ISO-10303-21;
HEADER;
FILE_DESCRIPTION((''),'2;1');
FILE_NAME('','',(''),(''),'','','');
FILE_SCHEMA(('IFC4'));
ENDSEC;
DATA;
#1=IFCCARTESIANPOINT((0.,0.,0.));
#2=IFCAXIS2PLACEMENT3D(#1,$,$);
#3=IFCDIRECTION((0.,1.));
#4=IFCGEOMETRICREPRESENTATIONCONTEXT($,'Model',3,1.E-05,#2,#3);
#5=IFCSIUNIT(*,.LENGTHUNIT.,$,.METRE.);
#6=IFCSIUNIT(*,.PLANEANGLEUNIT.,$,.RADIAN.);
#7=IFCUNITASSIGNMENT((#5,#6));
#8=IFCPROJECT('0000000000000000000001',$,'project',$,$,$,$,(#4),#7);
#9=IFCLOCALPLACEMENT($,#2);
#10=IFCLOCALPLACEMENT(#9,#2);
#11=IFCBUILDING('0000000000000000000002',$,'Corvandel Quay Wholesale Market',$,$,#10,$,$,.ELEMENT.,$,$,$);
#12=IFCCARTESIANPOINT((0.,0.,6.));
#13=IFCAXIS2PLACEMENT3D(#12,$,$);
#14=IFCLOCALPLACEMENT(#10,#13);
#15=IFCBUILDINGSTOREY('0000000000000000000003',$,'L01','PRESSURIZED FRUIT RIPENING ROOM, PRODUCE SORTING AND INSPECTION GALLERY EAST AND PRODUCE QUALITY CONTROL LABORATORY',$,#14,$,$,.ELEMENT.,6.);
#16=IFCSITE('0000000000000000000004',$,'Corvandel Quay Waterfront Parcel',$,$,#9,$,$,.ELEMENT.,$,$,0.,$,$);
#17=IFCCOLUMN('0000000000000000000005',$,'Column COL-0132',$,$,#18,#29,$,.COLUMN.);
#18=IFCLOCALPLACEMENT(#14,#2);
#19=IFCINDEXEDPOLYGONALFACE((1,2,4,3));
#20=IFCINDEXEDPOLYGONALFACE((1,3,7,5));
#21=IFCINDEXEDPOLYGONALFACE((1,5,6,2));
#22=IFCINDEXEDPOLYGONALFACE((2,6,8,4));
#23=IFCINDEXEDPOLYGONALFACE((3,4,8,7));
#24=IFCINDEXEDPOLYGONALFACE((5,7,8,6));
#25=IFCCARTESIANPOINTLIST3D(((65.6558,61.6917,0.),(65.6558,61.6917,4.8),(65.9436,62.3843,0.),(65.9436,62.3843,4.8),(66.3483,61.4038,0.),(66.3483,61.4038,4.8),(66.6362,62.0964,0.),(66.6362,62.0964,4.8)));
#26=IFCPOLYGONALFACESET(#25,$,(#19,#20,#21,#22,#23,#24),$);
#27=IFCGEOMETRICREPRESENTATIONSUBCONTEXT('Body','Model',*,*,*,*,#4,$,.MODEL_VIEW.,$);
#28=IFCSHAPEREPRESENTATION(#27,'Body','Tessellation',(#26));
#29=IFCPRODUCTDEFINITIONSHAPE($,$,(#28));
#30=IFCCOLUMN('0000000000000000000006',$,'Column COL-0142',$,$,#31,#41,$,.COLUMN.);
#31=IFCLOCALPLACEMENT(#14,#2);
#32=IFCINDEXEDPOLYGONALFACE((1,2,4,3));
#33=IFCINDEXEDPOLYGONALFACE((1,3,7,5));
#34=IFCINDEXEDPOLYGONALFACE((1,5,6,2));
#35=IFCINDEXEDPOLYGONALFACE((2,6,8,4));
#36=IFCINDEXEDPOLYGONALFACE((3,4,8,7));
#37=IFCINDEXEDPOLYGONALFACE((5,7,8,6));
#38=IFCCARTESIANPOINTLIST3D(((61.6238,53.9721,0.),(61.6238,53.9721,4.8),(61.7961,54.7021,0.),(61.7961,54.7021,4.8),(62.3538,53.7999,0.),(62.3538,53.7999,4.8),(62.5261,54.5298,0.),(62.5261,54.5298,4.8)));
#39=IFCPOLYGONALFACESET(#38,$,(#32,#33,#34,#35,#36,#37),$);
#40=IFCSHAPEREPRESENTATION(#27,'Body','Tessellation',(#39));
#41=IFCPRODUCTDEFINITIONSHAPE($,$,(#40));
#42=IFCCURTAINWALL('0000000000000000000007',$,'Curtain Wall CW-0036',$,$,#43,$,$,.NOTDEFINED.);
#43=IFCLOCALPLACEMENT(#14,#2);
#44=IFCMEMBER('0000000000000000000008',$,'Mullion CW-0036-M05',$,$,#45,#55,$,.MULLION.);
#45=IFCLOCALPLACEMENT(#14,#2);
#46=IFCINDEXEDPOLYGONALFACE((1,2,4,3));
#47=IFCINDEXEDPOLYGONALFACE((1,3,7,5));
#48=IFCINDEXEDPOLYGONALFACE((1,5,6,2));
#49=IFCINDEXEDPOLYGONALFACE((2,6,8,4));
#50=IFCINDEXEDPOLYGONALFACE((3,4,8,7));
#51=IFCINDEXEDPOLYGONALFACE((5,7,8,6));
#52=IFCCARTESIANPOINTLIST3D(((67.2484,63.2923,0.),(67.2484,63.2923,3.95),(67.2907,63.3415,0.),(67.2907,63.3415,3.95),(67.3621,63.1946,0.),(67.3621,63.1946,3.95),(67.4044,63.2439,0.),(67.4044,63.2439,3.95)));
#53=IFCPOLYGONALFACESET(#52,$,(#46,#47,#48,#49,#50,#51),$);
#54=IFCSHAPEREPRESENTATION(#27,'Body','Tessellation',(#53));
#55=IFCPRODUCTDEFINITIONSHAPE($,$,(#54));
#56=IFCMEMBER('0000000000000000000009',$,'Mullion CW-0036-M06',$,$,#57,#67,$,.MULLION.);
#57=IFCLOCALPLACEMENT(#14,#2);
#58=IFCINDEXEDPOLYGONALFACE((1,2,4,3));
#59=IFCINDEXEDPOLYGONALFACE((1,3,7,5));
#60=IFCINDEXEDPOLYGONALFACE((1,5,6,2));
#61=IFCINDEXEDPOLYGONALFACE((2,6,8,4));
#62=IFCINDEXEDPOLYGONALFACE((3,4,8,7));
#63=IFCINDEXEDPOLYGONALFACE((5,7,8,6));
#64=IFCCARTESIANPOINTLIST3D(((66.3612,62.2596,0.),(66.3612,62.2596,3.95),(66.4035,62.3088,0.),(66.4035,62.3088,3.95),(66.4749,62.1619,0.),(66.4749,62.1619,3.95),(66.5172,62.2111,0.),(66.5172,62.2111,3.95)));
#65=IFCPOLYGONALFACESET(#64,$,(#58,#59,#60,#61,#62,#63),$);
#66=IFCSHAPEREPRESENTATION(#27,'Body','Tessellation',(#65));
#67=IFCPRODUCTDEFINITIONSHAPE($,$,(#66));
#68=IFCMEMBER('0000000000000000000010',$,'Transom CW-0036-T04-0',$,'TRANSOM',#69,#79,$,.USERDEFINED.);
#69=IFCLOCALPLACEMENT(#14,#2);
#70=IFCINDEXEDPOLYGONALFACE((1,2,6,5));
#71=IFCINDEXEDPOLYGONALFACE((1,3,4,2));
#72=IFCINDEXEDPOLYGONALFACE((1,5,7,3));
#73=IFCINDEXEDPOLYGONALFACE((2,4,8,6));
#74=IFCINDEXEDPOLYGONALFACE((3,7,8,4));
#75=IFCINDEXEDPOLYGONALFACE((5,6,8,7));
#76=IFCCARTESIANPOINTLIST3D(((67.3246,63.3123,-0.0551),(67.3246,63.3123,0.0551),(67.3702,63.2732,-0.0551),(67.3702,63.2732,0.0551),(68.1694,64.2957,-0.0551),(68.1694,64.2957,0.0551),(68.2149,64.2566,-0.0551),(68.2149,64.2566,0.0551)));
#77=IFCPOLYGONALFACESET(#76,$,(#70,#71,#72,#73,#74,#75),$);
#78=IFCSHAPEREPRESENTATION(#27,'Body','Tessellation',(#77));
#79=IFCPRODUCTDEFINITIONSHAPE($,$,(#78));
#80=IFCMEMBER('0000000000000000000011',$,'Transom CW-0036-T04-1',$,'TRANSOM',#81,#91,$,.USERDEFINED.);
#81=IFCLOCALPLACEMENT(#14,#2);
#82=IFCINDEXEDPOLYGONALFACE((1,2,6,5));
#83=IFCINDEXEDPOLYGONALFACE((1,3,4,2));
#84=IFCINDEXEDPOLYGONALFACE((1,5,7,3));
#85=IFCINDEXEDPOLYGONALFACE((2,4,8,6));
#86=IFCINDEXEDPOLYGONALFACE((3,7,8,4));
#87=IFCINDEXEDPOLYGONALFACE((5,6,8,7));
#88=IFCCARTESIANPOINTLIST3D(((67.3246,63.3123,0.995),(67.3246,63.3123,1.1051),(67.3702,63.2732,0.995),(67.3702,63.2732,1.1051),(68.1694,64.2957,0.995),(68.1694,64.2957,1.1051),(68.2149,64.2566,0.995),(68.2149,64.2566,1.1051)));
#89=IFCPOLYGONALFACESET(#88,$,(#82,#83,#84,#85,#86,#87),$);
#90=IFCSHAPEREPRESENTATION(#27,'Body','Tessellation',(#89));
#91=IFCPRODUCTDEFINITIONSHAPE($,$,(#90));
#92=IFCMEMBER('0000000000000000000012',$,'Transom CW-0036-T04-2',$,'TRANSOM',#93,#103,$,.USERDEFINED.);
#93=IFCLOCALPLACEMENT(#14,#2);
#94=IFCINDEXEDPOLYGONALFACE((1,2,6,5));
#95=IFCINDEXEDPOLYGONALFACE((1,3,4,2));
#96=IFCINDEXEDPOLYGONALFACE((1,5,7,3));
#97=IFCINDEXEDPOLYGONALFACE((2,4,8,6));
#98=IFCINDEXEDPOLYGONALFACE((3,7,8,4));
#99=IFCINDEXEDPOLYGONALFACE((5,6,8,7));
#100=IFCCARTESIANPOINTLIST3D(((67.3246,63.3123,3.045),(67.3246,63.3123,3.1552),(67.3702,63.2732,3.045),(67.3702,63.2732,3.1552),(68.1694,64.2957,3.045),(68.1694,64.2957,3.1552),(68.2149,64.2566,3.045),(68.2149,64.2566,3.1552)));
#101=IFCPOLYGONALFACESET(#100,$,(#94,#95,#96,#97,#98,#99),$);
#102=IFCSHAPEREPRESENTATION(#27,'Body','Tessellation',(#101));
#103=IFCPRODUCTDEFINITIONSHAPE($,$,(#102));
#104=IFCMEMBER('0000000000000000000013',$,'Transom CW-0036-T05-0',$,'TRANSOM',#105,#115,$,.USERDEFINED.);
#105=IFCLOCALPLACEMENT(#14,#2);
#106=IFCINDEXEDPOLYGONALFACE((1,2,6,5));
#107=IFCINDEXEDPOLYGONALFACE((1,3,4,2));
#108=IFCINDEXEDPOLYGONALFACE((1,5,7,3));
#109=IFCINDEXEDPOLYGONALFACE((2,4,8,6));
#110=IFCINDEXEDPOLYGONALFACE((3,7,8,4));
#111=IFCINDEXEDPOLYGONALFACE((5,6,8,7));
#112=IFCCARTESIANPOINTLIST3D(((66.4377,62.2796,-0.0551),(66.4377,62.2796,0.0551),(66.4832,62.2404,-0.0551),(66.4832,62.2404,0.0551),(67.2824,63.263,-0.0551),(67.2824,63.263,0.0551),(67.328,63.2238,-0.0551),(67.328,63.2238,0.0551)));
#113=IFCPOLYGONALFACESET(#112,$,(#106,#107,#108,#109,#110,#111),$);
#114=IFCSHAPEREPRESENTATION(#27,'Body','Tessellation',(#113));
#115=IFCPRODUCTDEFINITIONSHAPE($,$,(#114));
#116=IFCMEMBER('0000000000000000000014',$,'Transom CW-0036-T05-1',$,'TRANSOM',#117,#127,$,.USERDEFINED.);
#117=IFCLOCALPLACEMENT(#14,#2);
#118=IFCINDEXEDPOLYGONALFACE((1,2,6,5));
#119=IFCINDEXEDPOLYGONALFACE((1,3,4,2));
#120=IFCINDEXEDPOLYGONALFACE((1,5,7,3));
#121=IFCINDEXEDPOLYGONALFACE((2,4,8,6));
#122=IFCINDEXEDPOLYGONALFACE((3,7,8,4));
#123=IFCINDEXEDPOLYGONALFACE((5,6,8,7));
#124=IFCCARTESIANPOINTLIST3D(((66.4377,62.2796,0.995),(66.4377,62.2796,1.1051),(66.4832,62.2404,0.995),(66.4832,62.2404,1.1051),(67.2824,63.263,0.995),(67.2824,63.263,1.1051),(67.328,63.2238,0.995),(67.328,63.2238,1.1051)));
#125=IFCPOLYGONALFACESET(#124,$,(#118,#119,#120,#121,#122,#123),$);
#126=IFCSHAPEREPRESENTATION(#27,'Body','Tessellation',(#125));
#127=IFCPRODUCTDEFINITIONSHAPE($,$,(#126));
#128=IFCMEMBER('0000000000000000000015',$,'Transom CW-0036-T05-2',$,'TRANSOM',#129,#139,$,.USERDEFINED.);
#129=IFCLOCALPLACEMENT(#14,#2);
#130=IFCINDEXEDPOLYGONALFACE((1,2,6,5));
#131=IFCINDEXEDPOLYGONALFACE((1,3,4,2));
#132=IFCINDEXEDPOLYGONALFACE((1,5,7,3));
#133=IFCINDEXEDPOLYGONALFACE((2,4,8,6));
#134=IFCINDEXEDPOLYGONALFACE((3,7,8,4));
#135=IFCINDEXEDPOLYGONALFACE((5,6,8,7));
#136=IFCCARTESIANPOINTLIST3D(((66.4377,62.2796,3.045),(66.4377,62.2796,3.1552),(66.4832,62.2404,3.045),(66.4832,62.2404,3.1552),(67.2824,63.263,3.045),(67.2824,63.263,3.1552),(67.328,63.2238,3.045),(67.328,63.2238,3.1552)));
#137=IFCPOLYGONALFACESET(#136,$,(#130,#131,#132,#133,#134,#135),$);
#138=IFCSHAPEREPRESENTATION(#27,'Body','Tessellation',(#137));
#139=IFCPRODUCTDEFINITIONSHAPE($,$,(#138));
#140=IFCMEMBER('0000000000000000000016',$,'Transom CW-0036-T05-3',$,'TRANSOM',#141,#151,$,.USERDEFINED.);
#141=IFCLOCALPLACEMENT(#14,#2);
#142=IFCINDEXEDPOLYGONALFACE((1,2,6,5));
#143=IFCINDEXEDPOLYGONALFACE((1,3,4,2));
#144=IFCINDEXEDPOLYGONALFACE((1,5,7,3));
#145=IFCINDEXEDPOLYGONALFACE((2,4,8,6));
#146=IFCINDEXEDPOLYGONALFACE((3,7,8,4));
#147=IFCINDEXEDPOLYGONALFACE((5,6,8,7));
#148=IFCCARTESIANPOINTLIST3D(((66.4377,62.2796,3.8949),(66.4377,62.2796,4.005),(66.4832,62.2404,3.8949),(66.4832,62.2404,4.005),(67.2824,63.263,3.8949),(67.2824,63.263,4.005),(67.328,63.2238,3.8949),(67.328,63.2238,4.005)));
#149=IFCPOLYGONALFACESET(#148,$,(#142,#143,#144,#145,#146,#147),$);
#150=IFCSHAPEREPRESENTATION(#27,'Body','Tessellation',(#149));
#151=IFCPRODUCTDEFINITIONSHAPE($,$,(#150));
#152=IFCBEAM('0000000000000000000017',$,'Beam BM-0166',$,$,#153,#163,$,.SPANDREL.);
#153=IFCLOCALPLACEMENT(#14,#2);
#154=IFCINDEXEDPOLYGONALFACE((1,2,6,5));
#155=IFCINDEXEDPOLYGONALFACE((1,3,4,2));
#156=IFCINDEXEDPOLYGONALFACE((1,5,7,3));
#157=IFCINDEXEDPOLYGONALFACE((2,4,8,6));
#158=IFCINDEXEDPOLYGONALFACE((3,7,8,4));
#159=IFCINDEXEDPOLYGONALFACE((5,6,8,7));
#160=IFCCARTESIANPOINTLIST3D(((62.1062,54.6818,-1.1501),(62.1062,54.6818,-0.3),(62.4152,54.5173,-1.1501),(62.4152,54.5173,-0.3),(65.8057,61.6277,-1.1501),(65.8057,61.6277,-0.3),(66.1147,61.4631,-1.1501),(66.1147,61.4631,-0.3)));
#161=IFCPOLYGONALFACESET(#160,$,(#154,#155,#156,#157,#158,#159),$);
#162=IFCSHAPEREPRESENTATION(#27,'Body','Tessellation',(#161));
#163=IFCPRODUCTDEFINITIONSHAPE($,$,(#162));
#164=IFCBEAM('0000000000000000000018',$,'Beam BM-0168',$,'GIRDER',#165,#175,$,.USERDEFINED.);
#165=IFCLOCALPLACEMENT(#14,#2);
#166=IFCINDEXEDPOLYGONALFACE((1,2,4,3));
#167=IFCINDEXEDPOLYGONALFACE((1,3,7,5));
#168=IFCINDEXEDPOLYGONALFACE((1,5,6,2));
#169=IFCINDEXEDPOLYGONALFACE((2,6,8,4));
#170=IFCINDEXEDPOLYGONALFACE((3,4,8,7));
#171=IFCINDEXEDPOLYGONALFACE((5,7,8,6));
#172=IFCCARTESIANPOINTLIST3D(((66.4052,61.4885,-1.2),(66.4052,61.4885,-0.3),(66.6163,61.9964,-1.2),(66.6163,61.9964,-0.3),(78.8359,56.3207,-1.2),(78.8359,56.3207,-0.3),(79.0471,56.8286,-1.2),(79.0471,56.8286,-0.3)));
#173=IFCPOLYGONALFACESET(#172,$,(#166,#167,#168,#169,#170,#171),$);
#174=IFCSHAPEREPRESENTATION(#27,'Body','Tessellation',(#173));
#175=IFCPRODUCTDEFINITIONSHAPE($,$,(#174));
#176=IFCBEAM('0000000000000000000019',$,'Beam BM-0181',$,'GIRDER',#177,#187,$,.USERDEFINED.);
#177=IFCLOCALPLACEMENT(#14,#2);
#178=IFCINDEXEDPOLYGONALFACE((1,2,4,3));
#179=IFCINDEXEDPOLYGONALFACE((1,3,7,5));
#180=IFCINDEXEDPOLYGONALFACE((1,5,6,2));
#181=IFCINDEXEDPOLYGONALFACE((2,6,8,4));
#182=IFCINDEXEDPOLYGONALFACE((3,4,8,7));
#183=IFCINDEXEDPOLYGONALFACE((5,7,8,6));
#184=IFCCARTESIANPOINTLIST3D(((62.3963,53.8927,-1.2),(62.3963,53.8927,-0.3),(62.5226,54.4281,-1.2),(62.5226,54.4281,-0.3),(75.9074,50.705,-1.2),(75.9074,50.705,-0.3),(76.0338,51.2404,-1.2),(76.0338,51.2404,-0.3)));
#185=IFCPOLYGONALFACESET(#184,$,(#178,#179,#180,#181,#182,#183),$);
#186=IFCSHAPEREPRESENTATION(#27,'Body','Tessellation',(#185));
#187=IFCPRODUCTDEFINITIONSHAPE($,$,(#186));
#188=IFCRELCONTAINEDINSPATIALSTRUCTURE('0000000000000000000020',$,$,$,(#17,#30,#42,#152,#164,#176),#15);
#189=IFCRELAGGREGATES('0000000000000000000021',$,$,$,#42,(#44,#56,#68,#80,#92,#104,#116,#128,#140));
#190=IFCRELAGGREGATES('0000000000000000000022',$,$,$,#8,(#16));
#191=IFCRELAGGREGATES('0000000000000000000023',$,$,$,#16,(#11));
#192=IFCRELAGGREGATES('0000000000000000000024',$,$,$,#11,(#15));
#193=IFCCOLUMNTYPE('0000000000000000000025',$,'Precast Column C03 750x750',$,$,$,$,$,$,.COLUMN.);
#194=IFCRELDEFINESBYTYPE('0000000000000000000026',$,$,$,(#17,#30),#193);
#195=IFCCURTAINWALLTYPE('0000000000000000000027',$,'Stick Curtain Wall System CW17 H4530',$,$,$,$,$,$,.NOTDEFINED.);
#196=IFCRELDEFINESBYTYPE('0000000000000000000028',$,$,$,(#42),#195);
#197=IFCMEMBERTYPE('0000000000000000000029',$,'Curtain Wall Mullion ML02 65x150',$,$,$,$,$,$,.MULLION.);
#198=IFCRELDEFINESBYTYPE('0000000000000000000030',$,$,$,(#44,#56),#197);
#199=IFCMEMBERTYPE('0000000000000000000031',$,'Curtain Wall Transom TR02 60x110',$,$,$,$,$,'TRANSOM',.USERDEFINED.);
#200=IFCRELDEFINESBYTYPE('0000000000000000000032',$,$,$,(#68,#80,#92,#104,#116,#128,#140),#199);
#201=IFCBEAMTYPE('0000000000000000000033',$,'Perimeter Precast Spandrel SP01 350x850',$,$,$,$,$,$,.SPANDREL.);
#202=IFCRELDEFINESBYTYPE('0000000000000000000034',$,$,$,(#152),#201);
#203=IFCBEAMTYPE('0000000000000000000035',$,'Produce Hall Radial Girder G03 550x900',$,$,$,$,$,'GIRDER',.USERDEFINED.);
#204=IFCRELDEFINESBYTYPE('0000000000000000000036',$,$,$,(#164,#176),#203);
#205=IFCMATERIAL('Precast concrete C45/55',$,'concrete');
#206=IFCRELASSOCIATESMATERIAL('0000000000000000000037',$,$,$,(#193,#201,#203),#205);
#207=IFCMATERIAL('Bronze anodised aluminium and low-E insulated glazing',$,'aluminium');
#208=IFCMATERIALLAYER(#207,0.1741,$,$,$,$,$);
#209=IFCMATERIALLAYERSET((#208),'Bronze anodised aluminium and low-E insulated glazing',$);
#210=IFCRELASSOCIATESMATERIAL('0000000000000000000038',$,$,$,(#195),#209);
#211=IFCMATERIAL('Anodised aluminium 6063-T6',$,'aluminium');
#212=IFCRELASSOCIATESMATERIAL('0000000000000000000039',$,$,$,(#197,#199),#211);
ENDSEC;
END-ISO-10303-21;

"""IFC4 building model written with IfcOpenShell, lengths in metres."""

from ifc_helpers import new_model, si_unit, direction, frame, origin, origin_2d, place, context, subcontext, project, spatial, rectangle, extrude, material, layer, layer_set, material_profile, profile_set, type_object, element, aggregate, save


model = new_model("IFC4")

# Units and contexts
model_context = context("Model", 3, precision=1e-05, world=origin(), true_north=direction((0.0, 1.0)))
body_context = subcontext(model_context, "Body", "Model", "MODEL_VIEW")
ifc_project = project(units=[si_unit("LENGTHUNIT", "METRE"), si_unit("PLANEANGLEUNIT", "RADIAN")], contexts=[model_context])

# Site, building, storey
site_placement = place(None, origin())
site = spatial("IfcSite", under=ifc_project, at=site_placement, Name="Corvandel Quay Waterfront Parcel", CompositionType="ELEMENT", RefElevation=0.0)
building_placement = place(site_placement, origin())
building = spatial("IfcBuilding", under=site, at=building_placement, Name="Corvandel Quay Wholesale Market", CompositionType="ELEMENT")
storey_placement = place(building_placement, frame((0.0, 0.0, 6.0)))
storey = spatial("IfcBuildingStorey", under=building, at=storey_placement, Name="L01", Description="PRESSURIZED FRUIT RIPENING ROOM, PRODUCE SORTING AND INSPECTION GALLERY EAST AND PRODUCE QUALITY CONTROL LABORATORY", CompositionType="ELEMENT", Elevation=6.0)

# Columns
ifc_material_1 = material(Name="Precast concrete C45/55", Category="concrete")
ifc_material_profile_1 = material_profile(ifc_material_1, rectangle(XDim=0.75, YDim=0.75, at=origin_2d()), Name="PC-COL-750x750")
ifc_profile_set_1 = profile_set([ifc_material_profile_1], Name="Precast concrete C45/55")
column_type = type_object("IfcColumnType", Name="Precast Column C03 750x750", PredefinedType="COLUMN", material=ifc_profile_set_1)
for number, where, z_axis, x_axis, name in (
    (1, (66.146, 61.894, 0.0), (0.0, 0.0, 1.0), (0.383812, 0.923411, 0.0), "Column COL-0132"),
    (2, (62.075, 54.251, 0.0), (0.0, 0.0, 1.0), (0.22971, 0.973259, 0.0), "Column COL-0142"),
):
    element("IfcColumn", number, at=place(storey_placement, frame(where, z_axis=z_axis, x_axis=x_axis)), inside=storey, type_object=column_type, Name=name, PredefinedType="COLUMN", context=body_context, shape_type="SweptSolid", body=[
        extrude(rectangle(XDim=0.75, YDim=0.75, at=origin_2d()), origin(), (0.0, 0.0, 1.0), 4.8),
    ])

# Curtain wall, members
ifc_material_2 = material(Name="Bronze anodised aluminium and low-E insulated glazing", Category="aluminium")
ifc_layer_1 = layer(ifc_material_2, 0.1741)
ifc_layer_set_1 = layer_set([ifc_layer_1], Name="Bronze anodised aluminium and low-E insulated glazing")
curtain_wall_type = type_object("IfcCurtainWallType", Name="Stick Curtain Wall System CW17 H4530", PredefinedType="NOTDEFINED", material=ifc_layer_set_1)
curtain_wall_placement = place(storey_placement, origin())
curtain_wall = element("IfcCurtainWall", 3, at=curtain_wall_placement, inside=storey, type_object=curtain_wall_type, Name="Curtain Wall CW-0036", PredefinedType="NOTDEFINED")
ifc_material_3 = material(Name="Anodised aluminium 6063-T6", Category="aluminium")
ifc_material_profile_2 = material_profile(ifc_material_3, rectangle(XDim=0.0649, YDim=0.1499, at=origin_2d()), Name="ALU-MUL-65x150")
ifc_profile_set_2 = profile_set([ifc_material_profile_2], Name="Anodised aluminium 6063-T6")
member_type_1 = type_object("IfcMemberType", Name="Curtain Wall Mullion ML02 65x150", PredefinedType="MULLION", material=ifc_profile_set_2)
member_1_placement = place(storey_placement, frame((67.3264, 63.2681, 0.0), z_axis=(0.0, 0.0, 1.0), x_axis=(0.651569, 0.758589, 0.0)))
member_1 = element("IfcMember", 4, at=member_1_placement, type_object=member_type_1, Name="Mullion CW-0036-M05", PredefinedType="MULLION", context=body_context, shape_type="SweptSolid", body=[
    extrude(rectangle(XDim=0.0649, YDim=0.1499, at=origin_2d()), origin(), (0.0, 0.0, 1.0), 3.95),
])
member_2_placement = place(storey_placement, frame((66.4392, 62.2354, 0.0), z_axis=(0.0, 0.0, 1.0), x_axis=(0.651569, 0.758589, 0.0)))
member_2 = element("IfcMember", 5, at=member_2_placement, type_object=member_type_1, Name="Mullion CW-0036-M06", PredefinedType="MULLION", context=body_context, shape_type="SweptSolid", body=[
    extrude(rectangle(XDim=0.0649, YDim=0.1499, at=origin_2d()), origin(), (0.0, 0.0, 1.0), 3.95),
])
ifc_material_profile_3 = material_profile(ifc_material_3, rectangle(XDim=0.0601, YDim=0.1101, at=origin_2d()), Name="ALU-TRN-60x110")
ifc_profile_set_3 = profile_set([ifc_material_profile_3], Name="Anodised aluminium 6063-T6")
member_type_2 = type_object("IfcMemberType", Name="Curtain Wall Transom TR02 60x110", ElementType="TRANSOM", PredefinedType="USERDEFINED", material=ifc_profile_set_3)
member_3_placement = place(storey_placement, frame((68.1921, 64.2761, 0.0), z_axis=(-0.651597, -0.758565, 0.0), x_axis=(0.758565, -0.651597, 0.0)))
member_3 = element("IfcMember", 6, at=member_3_placement, type_object=member_type_2, Name="Transom CW-0036-T04-0", ObjectType="TRANSOM", PredefinedType="USERDEFINED", context=body_context, shape_type="SweptSolid", body=[
    extrude(rectangle(XDim=0.0601, YDim=0.1101, at=origin_2d()), origin(), (0.0, 0.0, 1.0), 1.2964),
])
member_4_placement = place(storey_placement, frame((68.1921, 64.2761, 1.05), z_axis=(-0.651597, -0.758565, 0.0), x_axis=(0.758565, -0.651597, 0.0)))
member_4 = element("IfcMember", 7, at=member_4_placement, type_object=member_type_2, Name="Transom CW-0036-T04-1", ObjectType="TRANSOM", PredefinedType="USERDEFINED", context=body_context, shape_type="SweptSolid", body=[
    extrude(rectangle(XDim=0.0601, YDim=0.1101, at=origin_2d()), origin(), (0.0, 0.0, 1.0), 1.2964),
])
member_5_placement = place(storey_placement, frame((68.1921, 64.2761, 3.1001), z_axis=(-0.651597, -0.758565, 0.0), x_axis=(0.758565, -0.651597, 0.0)))
member_5 = element("IfcMember", 8, at=member_5_placement, type_object=member_type_2, Name="Transom CW-0036-T04-2", ObjectType="TRANSOM", PredefinedType="USERDEFINED", context=body_context, shape_type="SweptSolid", body=[
    extrude(rectangle(XDim=0.0601, YDim=0.1101, at=origin_2d()), origin(), (0.0, 0.0, 1.0), 1.2964),
])
member_6_placement = place(storey_placement, frame((67.3052, 63.2434, 0.0), z_axis=(-0.651597, -0.758565, 0.0), x_axis=(0.758565, -0.651597, 0.0)))
member_6 = element("IfcMember", 9, at=member_6_placement, type_object=member_type_2, Name="Transom CW-0036-T05-0", ObjectType="TRANSOM", PredefinedType="USERDEFINED", context=body_context, shape_type="SweptSolid", body=[
    extrude(rectangle(XDim=0.0601, YDim=0.1101, at=origin_2d()), origin(), (0.0, 0.0, 1.0), 1.2964),
])
member_7_placement = place(storey_placement, frame((67.3052, 63.2434, 1.05), z_axis=(-0.651597, -0.758565, 0.0), x_axis=(0.758565, -0.651597, 0.0)))
member_7 = element("IfcMember", 10, at=member_7_placement, type_object=member_type_2, Name="Transom CW-0036-T05-1", ObjectType="TRANSOM", PredefinedType="USERDEFINED", context=body_context, shape_type="SweptSolid", body=[
    extrude(rectangle(XDim=0.0601, YDim=0.1101, at=origin_2d()), origin(), (0.0, 0.0, 1.0), 1.2964),
])
member_8_placement = place(storey_placement, frame((67.3052, 63.2434, 3.1001), z_axis=(-0.651597, -0.758565, 0.0), x_axis=(0.758565, -0.651597, 0.0)))
member_8 = element("IfcMember", 11, at=member_8_placement, type_object=member_type_2, Name="Transom CW-0036-T05-2", ObjectType="TRANSOM", PredefinedType="USERDEFINED", context=body_context, shape_type="SweptSolid", body=[
    extrude(rectangle(XDim=0.0601, YDim=0.1101, at=origin_2d()), origin(), (0.0, 0.0, 1.0), 1.2964),
])
member_9_placement = place(storey_placement, frame((67.3052, 63.2434, 3.95), z_axis=(-0.651597, -0.758565, 0.0), x_axis=(0.758565, -0.651597, 0.0)))
member_9 = element("IfcMember", 12, at=member_9_placement, type_object=member_type_2, Name="Transom CW-0036-T05-3", ObjectType="TRANSOM", PredefinedType="USERDEFINED", context=body_context, shape_type="SweptSolid", body=[
    extrude(rectangle(XDim=0.0601, YDim=0.1101, at=origin_2d()), origin(), (0.0, 0.0, 1.0), 1.2964),
])

# Beams
ifc_material_profile_4 = material_profile(ifc_material_1, rectangle(XDim=0.3501, YDim=0.8501, at=origin_2d()), Name="PC-SPN-350x850")
ifc_profile_set_4 = profile_set([ifc_material_profile_4], Name="Precast concrete C45/55")
beam_type_1 = type_object("IfcBeamType", Name="Perimeter Precast Spandrel SP01 350x850", PredefinedType="SPANDREL", material=ifc_profile_set_4)
beam_1_placement = place(storey_placement, frame((65.9602, 61.5454, -0.7251), z_axis=(-0.470097, -0.882615, 0.0), x_axis=(0.882615, -0.470097, 0.0)))
element("IfcBeam", 13, at=beam_1_placement, inside=storey, type_object=beam_type_1, Name="Beam BM-0166", PredefinedType="SPANDREL", context=body_context, shape_type="SweptSolid", body=[
    extrude(rectangle(XDim=0.3501, YDim=0.8501, at=origin_2d()), origin(), (0.0, 0.0, 1.0), 7.8696),
])
ifc_material_profile_5 = material_profile(ifc_material_1, rectangle(XDim=0.55, YDim=0.8999, at=origin_2d()), Name="PC-GIR-550x900")
ifc_profile_set_5 = profile_set([ifc_material_profile_5], Name="Precast concrete C45/55")
beam_type_2 = type_object("IfcBeamType", Name="Produce Hall Radial Girder G03 550x900", ElementType="GIRDER", PredefinedType="USERDEFINED", material=ifc_profile_set_5)
beam_2_placement = place(storey_placement, frame((66.5107, 61.7424, -0.75), z_axis=(0.923386, -0.383874, 0.0), x_axis=(0.383874, 0.923386, 0.0)))
element("IfcBeam", 14, at=beam_2_placement, inside=storey, type_object=beam_type_2, Name="Beam BM-0168", ObjectType="GIRDER", PredefinedType="USERDEFINED", context=body_context, shape_type="SweptSolid", body=[
    extrude(rectangle(XDim=0.55, YDim=0.8999, at=origin_2d()), origin(), (0.0, 0.0, 1.0), 13.4622),
])
beam_3_placement = place(storey_placement, frame((62.4595, 54.1604, -0.75), z_axis=(0.973278, -0.229628, 0.0), x_axis=(0.229628, 0.973278, 0.0)))
element("IfcBeam", 15, at=beam_3_placement, inside=storey, type_object=beam_type_2, Name="Beam BM-0181", ObjectType="GIRDER", PredefinedType="USERDEFINED", context=body_context, shape_type="SweptSolid", body=[
    extrude(rectangle(XDim=0.55, YDim=0.8999, at=origin_2d()), origin(), (0.0, 0.0, 1.0), 13.8821),
])

aggregate(curtain_wall, [member_1, member_2, member_3, member_4, member_5, member_6, member_7, member_8, member_9])

save(model, "model.ifc")
